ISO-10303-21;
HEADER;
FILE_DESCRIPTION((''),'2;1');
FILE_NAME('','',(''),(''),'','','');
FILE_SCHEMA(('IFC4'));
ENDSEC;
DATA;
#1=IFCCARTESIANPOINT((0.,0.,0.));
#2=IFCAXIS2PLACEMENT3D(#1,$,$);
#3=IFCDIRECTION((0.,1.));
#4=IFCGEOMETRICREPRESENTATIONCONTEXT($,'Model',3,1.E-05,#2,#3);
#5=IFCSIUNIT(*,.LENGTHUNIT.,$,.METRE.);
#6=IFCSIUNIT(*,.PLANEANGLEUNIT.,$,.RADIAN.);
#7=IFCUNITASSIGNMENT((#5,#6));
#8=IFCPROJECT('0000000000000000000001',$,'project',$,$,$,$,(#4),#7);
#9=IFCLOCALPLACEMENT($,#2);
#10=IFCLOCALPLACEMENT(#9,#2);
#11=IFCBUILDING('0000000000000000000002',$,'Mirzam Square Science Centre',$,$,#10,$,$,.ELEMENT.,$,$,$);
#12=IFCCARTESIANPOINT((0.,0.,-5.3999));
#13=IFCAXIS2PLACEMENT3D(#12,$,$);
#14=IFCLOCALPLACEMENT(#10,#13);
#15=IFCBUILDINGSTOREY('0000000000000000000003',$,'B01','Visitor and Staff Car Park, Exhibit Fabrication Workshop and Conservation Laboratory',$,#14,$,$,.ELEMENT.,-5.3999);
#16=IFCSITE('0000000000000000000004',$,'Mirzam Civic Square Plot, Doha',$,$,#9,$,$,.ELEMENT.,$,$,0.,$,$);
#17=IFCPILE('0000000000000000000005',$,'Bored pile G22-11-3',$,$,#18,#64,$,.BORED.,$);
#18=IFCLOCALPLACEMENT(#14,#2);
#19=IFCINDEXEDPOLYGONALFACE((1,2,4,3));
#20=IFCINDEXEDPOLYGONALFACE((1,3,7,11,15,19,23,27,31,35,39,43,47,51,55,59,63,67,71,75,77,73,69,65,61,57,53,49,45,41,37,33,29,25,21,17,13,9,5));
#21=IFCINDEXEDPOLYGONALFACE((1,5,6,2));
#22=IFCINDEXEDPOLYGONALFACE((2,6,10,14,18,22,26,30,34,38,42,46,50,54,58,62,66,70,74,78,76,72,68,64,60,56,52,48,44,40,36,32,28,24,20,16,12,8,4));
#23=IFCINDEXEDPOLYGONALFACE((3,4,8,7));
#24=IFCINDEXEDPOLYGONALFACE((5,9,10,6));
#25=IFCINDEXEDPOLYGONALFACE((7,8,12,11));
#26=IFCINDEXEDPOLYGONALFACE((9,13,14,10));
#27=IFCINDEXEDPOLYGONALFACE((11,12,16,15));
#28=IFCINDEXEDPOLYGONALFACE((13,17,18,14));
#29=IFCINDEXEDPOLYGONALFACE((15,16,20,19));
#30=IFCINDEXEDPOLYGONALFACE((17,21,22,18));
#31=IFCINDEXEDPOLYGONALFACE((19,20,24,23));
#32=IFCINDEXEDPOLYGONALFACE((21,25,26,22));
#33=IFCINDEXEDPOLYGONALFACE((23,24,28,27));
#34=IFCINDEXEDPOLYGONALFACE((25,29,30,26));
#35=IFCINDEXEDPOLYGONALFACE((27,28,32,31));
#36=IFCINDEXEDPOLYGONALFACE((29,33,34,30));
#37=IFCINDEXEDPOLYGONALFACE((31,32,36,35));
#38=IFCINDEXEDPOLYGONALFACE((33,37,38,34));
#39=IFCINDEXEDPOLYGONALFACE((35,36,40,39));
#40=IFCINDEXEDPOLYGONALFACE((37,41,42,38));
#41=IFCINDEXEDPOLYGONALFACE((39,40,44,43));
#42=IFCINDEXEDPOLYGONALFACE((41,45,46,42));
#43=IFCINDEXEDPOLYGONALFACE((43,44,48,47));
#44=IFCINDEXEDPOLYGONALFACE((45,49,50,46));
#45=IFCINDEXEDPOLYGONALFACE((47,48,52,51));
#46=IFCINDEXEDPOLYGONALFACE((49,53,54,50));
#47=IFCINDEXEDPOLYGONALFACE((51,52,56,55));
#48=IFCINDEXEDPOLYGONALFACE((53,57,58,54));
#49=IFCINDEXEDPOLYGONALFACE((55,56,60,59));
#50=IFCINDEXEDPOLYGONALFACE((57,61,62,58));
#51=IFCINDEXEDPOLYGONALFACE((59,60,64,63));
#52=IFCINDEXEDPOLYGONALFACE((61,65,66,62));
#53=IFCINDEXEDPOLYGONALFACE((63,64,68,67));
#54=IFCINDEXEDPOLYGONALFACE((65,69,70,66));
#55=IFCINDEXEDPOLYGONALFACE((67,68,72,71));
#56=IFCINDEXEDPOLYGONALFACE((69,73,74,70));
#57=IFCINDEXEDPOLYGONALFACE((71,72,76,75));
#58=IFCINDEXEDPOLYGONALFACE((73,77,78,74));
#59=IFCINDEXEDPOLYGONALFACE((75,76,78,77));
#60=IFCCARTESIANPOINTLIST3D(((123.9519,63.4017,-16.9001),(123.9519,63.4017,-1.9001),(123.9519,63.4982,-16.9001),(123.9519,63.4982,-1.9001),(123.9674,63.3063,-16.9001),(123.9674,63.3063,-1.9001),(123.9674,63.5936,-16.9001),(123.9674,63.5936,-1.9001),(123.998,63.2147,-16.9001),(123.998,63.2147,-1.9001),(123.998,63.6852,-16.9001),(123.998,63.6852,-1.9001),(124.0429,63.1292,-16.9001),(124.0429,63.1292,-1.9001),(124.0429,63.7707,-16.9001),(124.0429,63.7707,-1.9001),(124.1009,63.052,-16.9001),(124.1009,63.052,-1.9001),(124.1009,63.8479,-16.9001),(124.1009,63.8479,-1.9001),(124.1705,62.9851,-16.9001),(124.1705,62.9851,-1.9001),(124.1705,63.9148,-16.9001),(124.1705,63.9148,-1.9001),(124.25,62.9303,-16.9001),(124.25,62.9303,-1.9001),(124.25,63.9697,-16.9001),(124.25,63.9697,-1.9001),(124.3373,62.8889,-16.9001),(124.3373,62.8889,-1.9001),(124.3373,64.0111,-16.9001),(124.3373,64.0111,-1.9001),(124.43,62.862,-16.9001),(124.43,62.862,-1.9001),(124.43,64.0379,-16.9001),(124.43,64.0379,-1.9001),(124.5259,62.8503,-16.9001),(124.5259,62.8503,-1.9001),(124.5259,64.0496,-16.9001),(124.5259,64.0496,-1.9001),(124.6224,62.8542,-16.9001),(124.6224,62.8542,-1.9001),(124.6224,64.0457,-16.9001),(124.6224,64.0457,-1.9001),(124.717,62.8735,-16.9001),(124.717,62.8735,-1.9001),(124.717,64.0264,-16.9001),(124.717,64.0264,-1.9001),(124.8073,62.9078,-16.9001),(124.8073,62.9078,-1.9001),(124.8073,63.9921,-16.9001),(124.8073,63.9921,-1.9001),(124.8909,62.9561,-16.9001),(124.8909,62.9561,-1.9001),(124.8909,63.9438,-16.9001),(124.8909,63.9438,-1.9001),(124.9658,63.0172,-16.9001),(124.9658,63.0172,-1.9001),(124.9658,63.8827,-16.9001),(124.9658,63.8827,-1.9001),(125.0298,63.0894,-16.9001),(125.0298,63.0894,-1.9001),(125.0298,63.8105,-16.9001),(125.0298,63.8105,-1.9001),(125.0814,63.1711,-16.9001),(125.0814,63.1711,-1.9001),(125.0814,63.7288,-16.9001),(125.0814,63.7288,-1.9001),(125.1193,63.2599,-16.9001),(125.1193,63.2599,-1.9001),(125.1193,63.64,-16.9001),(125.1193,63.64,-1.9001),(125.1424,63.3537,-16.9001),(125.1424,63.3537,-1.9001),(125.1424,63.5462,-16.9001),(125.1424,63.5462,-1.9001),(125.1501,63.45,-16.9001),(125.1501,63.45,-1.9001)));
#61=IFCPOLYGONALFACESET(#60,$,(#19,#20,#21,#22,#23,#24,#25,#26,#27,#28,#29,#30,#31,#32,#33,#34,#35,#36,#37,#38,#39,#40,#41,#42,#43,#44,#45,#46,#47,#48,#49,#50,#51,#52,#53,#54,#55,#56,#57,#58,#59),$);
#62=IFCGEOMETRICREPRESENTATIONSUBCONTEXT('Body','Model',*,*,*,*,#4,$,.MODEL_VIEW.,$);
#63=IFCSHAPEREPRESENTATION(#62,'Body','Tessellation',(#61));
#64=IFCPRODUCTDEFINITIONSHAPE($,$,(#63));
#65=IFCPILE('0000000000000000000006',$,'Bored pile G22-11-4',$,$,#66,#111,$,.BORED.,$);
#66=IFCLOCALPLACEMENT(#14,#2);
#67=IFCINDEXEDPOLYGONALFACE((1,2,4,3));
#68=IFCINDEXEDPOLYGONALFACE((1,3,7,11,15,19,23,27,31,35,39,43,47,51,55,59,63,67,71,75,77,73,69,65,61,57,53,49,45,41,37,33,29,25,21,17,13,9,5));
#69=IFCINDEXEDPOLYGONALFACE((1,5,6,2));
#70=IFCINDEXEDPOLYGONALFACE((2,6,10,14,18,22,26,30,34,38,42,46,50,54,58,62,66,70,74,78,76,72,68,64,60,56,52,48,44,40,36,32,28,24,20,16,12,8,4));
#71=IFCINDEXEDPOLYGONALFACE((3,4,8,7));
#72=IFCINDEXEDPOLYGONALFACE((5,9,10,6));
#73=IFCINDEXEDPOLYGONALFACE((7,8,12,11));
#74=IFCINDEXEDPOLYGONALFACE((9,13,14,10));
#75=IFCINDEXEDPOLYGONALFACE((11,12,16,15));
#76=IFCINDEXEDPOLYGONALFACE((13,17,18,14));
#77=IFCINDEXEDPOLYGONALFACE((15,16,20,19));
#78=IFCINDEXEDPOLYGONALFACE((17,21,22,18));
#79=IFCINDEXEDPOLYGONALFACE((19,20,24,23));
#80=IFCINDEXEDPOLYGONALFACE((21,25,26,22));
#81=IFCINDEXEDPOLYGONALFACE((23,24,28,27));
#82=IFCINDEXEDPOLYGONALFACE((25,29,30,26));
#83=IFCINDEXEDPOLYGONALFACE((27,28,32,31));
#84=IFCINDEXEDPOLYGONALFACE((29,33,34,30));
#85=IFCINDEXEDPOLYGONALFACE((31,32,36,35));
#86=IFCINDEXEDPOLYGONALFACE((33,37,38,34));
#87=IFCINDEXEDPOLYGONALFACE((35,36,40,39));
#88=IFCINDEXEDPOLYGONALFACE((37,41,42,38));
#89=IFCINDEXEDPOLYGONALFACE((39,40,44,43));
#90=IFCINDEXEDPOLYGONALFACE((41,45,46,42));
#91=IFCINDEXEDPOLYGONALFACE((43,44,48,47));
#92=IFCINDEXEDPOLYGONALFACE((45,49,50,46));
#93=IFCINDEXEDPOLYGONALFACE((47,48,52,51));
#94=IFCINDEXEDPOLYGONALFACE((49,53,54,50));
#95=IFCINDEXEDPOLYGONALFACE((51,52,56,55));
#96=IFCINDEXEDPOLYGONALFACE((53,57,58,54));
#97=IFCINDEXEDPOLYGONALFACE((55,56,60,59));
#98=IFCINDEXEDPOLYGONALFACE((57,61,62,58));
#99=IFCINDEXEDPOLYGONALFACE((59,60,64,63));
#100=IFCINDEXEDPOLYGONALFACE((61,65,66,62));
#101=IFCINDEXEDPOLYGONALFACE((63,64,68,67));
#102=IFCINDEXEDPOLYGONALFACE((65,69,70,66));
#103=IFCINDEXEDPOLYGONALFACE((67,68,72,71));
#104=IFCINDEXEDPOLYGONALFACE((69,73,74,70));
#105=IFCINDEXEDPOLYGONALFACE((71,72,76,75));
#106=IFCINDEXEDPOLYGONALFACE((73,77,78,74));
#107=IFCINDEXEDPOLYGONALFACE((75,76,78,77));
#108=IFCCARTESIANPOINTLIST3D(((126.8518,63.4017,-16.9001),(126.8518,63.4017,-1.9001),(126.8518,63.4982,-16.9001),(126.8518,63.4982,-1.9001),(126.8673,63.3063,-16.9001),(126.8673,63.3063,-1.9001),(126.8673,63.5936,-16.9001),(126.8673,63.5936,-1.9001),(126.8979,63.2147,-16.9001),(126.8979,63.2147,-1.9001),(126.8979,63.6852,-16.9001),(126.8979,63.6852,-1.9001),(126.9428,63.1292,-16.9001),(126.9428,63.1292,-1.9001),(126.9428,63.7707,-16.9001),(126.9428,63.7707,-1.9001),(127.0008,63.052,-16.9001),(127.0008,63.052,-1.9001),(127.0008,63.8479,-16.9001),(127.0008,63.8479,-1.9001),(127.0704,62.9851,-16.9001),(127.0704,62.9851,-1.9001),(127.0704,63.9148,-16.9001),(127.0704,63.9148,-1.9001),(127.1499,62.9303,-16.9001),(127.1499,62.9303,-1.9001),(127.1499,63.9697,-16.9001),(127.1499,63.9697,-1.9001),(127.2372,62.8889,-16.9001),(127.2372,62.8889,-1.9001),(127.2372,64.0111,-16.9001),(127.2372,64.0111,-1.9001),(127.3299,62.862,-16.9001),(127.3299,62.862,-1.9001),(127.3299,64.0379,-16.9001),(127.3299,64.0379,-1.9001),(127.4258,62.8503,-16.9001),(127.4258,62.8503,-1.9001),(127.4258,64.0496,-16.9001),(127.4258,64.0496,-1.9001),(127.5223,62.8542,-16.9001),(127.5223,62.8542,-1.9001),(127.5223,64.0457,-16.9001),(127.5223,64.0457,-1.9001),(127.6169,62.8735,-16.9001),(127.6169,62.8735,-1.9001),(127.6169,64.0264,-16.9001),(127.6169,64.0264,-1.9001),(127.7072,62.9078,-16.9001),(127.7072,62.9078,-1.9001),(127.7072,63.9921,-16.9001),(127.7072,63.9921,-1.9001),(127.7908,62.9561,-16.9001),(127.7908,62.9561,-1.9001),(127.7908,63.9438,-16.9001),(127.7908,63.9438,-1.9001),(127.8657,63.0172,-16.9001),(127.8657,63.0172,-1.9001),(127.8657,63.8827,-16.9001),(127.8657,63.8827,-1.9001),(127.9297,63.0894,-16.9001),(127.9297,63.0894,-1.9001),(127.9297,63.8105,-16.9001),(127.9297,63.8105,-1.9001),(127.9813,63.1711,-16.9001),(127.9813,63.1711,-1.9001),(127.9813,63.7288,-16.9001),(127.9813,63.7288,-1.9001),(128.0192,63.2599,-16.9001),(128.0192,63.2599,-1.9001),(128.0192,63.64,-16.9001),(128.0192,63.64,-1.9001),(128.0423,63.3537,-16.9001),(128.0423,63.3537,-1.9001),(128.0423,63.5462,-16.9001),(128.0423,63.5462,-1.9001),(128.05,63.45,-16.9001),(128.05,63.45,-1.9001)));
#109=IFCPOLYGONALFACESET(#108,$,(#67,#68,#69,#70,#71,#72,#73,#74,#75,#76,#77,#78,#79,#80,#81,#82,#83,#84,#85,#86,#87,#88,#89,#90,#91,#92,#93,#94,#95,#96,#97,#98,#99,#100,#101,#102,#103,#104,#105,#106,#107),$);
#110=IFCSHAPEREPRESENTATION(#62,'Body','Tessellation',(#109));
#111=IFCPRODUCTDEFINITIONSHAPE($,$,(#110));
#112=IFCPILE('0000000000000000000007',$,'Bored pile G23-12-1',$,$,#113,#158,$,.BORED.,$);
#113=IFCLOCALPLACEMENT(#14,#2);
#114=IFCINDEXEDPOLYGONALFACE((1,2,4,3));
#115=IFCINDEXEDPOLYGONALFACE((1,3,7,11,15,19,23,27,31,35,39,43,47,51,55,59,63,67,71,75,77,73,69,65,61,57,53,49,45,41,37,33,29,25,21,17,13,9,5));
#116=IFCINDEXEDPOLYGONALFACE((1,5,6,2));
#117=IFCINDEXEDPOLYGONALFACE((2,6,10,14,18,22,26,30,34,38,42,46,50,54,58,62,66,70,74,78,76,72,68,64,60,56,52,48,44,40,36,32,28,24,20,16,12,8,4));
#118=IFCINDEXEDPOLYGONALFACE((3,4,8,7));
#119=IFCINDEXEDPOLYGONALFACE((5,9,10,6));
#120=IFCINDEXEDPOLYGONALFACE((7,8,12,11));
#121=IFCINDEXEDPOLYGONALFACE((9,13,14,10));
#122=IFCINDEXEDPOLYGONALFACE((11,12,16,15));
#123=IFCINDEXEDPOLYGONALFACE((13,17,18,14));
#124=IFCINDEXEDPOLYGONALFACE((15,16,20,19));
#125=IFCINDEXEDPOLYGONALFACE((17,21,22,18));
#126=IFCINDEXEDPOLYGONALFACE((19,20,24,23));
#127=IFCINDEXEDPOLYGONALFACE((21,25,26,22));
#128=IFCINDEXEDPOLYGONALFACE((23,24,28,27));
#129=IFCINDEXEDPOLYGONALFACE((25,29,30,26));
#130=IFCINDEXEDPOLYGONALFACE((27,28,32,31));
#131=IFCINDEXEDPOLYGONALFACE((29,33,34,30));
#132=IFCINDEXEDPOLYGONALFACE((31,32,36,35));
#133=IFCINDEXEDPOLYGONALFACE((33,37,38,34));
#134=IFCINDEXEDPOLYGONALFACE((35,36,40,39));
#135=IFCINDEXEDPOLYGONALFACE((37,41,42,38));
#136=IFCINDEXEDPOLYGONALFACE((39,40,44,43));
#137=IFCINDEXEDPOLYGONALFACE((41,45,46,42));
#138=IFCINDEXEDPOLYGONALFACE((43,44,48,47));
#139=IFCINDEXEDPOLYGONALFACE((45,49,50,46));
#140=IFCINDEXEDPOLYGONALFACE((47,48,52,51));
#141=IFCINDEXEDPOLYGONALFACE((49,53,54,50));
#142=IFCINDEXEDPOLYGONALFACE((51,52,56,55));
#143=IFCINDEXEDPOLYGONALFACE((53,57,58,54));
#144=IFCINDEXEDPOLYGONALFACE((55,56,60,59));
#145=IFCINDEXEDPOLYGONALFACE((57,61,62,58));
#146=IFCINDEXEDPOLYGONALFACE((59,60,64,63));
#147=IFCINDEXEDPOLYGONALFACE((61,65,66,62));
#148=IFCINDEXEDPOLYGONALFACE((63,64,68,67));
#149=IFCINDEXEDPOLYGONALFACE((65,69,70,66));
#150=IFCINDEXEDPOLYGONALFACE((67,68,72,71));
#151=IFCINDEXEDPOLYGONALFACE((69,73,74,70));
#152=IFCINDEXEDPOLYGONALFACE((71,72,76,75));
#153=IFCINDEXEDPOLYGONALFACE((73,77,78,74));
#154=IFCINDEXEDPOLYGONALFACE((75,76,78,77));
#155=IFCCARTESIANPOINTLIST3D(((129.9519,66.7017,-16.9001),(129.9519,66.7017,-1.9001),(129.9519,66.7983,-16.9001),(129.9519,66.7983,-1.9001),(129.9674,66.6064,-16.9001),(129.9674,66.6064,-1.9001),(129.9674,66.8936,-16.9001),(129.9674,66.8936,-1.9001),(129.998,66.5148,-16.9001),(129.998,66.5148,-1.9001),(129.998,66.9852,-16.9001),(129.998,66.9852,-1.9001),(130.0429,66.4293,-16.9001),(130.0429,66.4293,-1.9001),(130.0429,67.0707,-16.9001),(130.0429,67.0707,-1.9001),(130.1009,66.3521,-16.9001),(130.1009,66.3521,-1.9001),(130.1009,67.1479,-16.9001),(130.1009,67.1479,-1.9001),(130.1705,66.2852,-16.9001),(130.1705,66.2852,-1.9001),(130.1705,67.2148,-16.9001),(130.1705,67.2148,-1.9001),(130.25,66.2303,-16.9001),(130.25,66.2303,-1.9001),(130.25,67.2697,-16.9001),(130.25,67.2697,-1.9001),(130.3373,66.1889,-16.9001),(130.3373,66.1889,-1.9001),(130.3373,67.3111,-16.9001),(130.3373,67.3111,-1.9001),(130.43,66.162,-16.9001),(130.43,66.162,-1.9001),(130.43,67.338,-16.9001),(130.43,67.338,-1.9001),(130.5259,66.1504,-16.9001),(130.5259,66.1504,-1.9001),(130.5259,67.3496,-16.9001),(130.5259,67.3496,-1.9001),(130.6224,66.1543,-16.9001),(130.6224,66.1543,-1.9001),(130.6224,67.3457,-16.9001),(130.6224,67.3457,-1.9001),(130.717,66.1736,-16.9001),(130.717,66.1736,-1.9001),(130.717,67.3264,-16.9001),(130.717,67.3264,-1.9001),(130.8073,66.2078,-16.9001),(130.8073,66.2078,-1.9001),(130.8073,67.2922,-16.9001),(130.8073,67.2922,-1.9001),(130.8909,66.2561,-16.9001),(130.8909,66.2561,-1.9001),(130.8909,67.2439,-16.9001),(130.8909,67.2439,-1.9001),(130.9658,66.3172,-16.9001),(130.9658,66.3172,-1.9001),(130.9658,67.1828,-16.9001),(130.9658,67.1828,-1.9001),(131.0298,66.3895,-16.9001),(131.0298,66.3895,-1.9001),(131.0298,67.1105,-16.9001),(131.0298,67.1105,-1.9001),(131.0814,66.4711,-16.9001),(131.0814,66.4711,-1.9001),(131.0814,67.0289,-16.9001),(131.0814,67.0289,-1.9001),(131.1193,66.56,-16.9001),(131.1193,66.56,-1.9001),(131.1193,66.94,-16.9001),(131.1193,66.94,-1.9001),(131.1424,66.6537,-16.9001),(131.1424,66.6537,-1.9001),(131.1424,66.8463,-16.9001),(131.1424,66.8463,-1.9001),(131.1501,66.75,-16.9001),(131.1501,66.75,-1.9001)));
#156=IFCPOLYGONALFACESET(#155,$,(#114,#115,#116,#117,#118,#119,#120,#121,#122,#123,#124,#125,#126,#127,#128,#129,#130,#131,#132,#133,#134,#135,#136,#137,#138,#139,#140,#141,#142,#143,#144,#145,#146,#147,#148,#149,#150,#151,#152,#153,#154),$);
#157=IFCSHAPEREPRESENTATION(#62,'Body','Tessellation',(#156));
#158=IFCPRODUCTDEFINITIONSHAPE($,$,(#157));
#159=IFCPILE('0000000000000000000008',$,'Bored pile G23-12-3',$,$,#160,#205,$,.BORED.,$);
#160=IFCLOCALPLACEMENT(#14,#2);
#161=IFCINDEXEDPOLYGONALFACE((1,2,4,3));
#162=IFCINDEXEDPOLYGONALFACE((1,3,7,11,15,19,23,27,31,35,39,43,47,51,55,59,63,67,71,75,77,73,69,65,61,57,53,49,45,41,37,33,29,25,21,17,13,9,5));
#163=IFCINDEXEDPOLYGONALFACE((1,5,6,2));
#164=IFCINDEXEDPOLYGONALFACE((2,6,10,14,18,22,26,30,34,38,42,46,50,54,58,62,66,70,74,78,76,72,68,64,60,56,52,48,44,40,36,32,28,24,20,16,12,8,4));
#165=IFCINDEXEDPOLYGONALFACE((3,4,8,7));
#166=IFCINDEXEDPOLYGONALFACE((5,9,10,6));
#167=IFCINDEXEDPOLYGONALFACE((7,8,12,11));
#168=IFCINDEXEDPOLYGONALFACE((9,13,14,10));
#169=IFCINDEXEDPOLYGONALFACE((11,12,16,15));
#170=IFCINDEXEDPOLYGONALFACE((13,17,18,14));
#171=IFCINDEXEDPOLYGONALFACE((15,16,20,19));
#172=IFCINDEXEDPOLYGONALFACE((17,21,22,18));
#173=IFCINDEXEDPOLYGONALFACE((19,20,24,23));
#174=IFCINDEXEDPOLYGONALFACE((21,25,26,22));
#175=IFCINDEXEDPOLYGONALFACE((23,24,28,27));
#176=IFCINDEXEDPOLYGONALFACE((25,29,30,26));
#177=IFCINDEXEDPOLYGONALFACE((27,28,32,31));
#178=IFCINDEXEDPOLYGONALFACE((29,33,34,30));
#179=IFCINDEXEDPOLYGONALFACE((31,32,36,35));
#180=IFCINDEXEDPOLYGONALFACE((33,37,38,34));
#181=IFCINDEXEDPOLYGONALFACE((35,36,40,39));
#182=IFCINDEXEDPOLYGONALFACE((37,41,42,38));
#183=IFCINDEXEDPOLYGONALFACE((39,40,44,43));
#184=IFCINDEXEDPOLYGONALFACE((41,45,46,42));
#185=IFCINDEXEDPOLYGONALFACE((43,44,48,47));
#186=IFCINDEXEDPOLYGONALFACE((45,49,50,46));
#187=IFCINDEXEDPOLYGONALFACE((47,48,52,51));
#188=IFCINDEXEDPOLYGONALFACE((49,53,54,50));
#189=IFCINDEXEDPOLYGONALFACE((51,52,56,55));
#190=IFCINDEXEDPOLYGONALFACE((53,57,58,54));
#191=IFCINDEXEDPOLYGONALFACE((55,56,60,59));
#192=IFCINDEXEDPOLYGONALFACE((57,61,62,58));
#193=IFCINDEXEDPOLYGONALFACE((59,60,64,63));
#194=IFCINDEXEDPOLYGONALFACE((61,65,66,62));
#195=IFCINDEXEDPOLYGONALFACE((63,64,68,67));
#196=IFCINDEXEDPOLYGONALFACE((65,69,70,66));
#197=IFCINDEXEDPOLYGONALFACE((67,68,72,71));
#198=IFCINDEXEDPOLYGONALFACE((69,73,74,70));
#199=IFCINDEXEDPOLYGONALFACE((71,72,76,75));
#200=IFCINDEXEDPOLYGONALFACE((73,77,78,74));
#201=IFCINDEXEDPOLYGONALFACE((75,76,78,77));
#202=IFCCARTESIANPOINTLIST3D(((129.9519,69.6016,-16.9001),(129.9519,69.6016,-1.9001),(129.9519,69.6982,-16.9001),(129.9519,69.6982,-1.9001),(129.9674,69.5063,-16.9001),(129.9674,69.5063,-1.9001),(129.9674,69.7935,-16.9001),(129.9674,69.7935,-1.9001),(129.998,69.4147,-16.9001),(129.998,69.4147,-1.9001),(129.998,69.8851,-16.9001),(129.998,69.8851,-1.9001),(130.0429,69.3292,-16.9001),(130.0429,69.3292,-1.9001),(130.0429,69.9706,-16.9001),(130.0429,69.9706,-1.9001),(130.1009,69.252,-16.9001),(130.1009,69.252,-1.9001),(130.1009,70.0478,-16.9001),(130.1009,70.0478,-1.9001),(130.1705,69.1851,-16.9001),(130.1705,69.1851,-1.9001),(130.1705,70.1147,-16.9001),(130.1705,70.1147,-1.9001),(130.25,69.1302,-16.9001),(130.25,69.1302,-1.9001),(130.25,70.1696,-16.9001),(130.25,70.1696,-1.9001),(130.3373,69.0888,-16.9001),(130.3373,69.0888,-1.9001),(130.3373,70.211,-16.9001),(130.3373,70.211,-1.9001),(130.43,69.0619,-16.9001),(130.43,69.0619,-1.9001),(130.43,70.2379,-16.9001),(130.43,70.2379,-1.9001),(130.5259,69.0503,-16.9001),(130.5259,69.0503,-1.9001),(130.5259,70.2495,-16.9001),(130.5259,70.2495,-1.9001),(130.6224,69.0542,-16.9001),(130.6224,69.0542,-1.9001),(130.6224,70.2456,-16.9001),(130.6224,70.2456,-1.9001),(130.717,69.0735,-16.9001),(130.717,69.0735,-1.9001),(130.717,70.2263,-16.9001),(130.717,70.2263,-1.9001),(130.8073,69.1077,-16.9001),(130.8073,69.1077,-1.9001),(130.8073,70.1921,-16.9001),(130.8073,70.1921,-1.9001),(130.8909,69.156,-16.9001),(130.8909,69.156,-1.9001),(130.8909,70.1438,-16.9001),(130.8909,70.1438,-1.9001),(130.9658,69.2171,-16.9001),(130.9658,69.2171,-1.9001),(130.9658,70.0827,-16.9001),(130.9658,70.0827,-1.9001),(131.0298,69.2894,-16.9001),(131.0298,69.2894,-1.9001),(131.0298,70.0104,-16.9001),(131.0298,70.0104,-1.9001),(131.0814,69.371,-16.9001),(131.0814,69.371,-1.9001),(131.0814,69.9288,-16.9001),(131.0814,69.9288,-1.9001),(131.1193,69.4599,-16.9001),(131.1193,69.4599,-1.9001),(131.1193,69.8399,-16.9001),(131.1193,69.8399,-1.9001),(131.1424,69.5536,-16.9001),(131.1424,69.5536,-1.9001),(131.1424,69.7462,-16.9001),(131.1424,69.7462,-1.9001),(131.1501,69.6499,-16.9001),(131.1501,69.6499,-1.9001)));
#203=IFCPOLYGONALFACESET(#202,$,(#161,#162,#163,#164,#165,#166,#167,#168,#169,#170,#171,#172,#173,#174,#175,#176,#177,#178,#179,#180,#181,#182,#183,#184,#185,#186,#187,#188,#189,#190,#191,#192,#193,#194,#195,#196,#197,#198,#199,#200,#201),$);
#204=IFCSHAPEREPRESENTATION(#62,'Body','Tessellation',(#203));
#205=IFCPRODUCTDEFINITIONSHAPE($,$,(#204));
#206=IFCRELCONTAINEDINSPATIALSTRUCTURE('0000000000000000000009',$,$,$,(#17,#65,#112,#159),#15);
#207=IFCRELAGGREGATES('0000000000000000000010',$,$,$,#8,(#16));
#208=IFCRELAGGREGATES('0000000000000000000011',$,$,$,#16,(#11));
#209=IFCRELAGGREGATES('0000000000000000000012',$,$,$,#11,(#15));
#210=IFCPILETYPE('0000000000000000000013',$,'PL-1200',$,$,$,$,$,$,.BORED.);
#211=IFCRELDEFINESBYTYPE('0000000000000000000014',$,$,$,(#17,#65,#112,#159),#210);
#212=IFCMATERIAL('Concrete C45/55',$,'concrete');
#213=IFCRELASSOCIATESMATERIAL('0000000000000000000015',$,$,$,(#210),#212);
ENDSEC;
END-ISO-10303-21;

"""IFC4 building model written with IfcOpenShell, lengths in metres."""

from ifc_helpers import new_model, si_unit, direction, frame, origin, origin_2d, place, context, subcontext, project, spatial, circle, extrude, material, material_profile, profile_set, type_object, element, save


model = new_model("IFC4")

# Units and contexts
model_context = context("Model", 3, precision=1e-05, world=origin(), true_north=direction((0.0, 1.0)))
body_context = subcontext(model_context, "Body", "Model", "MODEL_VIEW")
ifc_project = project(units=[si_unit("LENGTHUNIT", "METRE"), si_unit("PLANEANGLEUNIT", "RADIAN")], contexts=[model_context])

# Site, building, storey
site_placement = place(None, origin())
site = spatial("IfcSite", under=ifc_project, at=site_placement, Name="Mirzam Civic Square Plot, Doha", CompositionType="ELEMENT", RefElevation=0.0)
building_placement = place(site_placement, origin())
building = spatial("IfcBuilding", under=site, at=building_placement, Name="Mirzam Square Science Centre", CompositionType="ELEMENT")
storey_placement = place(building_placement, frame((0.0, 0.0, -5.3999)))
storey = spatial("IfcBuildingStorey", under=building, at=storey_placement, Name="B01", Description="Visitor and Staff Car Park, Exhibit Fabrication Workshop and Conservation Laboratory", CompositionType="ELEMENT", Elevation=-5.3999)

# Shared definitions
ifc_material_1 = material(Name="Concrete C45/55", Category="concrete")

# Piles
ifc_material_profile_1 = material_profile(ifc_material_1, circle(Radius=0.6001, at=origin_2d()), Name="PILE-D1200")
ifc_profile_set_1 = profile_set([ifc_material_profile_1], Name="Concrete C45/55")
pile_type_1 = type_object("IfcPileType", Name="PL-1200", PredefinedType="BORED", material=ifc_profile_set_1)
for number, where, z_axis, x_axis, name in (
    (1, (124.55, 63.45, -1.9001), (0.0, 0.0, -1.0), (1.0, 0.0, 0.0), "Bored pile G22-11-3"),
    (2, (127.45, 63.45, -1.9001), (0.0, 0.0, -1.0), (1.0, 0.0, 0.0), "Bored pile G22-11-4"),
    (3, (130.55, 66.75, -1.9001), (0.0, 0.0, -1.0), (1.0, 0.0, 0.0), "Bored pile G23-12-1"),
    (4, (130.55, 69.6499, -1.9001), (0.0, 0.0, -1.0), (1.0, 0.0, 0.0), "Bored pile G23-12-3"),
):
    element("IfcPile", number, at=place(storey_placement, frame(where, z_axis=z_axis, x_axis=x_axis)), inside=storey, type_object=pile_type_1, Name=name, PredefinedType="BORED", context=body_context, shape_type="SweptSolid", body=[
        extrude(circle(Radius=0.6001, at=origin_2d()), origin(), (0.0, 0.0, 1.0), 15.0),
    ])

save(model, "model.ifc")
